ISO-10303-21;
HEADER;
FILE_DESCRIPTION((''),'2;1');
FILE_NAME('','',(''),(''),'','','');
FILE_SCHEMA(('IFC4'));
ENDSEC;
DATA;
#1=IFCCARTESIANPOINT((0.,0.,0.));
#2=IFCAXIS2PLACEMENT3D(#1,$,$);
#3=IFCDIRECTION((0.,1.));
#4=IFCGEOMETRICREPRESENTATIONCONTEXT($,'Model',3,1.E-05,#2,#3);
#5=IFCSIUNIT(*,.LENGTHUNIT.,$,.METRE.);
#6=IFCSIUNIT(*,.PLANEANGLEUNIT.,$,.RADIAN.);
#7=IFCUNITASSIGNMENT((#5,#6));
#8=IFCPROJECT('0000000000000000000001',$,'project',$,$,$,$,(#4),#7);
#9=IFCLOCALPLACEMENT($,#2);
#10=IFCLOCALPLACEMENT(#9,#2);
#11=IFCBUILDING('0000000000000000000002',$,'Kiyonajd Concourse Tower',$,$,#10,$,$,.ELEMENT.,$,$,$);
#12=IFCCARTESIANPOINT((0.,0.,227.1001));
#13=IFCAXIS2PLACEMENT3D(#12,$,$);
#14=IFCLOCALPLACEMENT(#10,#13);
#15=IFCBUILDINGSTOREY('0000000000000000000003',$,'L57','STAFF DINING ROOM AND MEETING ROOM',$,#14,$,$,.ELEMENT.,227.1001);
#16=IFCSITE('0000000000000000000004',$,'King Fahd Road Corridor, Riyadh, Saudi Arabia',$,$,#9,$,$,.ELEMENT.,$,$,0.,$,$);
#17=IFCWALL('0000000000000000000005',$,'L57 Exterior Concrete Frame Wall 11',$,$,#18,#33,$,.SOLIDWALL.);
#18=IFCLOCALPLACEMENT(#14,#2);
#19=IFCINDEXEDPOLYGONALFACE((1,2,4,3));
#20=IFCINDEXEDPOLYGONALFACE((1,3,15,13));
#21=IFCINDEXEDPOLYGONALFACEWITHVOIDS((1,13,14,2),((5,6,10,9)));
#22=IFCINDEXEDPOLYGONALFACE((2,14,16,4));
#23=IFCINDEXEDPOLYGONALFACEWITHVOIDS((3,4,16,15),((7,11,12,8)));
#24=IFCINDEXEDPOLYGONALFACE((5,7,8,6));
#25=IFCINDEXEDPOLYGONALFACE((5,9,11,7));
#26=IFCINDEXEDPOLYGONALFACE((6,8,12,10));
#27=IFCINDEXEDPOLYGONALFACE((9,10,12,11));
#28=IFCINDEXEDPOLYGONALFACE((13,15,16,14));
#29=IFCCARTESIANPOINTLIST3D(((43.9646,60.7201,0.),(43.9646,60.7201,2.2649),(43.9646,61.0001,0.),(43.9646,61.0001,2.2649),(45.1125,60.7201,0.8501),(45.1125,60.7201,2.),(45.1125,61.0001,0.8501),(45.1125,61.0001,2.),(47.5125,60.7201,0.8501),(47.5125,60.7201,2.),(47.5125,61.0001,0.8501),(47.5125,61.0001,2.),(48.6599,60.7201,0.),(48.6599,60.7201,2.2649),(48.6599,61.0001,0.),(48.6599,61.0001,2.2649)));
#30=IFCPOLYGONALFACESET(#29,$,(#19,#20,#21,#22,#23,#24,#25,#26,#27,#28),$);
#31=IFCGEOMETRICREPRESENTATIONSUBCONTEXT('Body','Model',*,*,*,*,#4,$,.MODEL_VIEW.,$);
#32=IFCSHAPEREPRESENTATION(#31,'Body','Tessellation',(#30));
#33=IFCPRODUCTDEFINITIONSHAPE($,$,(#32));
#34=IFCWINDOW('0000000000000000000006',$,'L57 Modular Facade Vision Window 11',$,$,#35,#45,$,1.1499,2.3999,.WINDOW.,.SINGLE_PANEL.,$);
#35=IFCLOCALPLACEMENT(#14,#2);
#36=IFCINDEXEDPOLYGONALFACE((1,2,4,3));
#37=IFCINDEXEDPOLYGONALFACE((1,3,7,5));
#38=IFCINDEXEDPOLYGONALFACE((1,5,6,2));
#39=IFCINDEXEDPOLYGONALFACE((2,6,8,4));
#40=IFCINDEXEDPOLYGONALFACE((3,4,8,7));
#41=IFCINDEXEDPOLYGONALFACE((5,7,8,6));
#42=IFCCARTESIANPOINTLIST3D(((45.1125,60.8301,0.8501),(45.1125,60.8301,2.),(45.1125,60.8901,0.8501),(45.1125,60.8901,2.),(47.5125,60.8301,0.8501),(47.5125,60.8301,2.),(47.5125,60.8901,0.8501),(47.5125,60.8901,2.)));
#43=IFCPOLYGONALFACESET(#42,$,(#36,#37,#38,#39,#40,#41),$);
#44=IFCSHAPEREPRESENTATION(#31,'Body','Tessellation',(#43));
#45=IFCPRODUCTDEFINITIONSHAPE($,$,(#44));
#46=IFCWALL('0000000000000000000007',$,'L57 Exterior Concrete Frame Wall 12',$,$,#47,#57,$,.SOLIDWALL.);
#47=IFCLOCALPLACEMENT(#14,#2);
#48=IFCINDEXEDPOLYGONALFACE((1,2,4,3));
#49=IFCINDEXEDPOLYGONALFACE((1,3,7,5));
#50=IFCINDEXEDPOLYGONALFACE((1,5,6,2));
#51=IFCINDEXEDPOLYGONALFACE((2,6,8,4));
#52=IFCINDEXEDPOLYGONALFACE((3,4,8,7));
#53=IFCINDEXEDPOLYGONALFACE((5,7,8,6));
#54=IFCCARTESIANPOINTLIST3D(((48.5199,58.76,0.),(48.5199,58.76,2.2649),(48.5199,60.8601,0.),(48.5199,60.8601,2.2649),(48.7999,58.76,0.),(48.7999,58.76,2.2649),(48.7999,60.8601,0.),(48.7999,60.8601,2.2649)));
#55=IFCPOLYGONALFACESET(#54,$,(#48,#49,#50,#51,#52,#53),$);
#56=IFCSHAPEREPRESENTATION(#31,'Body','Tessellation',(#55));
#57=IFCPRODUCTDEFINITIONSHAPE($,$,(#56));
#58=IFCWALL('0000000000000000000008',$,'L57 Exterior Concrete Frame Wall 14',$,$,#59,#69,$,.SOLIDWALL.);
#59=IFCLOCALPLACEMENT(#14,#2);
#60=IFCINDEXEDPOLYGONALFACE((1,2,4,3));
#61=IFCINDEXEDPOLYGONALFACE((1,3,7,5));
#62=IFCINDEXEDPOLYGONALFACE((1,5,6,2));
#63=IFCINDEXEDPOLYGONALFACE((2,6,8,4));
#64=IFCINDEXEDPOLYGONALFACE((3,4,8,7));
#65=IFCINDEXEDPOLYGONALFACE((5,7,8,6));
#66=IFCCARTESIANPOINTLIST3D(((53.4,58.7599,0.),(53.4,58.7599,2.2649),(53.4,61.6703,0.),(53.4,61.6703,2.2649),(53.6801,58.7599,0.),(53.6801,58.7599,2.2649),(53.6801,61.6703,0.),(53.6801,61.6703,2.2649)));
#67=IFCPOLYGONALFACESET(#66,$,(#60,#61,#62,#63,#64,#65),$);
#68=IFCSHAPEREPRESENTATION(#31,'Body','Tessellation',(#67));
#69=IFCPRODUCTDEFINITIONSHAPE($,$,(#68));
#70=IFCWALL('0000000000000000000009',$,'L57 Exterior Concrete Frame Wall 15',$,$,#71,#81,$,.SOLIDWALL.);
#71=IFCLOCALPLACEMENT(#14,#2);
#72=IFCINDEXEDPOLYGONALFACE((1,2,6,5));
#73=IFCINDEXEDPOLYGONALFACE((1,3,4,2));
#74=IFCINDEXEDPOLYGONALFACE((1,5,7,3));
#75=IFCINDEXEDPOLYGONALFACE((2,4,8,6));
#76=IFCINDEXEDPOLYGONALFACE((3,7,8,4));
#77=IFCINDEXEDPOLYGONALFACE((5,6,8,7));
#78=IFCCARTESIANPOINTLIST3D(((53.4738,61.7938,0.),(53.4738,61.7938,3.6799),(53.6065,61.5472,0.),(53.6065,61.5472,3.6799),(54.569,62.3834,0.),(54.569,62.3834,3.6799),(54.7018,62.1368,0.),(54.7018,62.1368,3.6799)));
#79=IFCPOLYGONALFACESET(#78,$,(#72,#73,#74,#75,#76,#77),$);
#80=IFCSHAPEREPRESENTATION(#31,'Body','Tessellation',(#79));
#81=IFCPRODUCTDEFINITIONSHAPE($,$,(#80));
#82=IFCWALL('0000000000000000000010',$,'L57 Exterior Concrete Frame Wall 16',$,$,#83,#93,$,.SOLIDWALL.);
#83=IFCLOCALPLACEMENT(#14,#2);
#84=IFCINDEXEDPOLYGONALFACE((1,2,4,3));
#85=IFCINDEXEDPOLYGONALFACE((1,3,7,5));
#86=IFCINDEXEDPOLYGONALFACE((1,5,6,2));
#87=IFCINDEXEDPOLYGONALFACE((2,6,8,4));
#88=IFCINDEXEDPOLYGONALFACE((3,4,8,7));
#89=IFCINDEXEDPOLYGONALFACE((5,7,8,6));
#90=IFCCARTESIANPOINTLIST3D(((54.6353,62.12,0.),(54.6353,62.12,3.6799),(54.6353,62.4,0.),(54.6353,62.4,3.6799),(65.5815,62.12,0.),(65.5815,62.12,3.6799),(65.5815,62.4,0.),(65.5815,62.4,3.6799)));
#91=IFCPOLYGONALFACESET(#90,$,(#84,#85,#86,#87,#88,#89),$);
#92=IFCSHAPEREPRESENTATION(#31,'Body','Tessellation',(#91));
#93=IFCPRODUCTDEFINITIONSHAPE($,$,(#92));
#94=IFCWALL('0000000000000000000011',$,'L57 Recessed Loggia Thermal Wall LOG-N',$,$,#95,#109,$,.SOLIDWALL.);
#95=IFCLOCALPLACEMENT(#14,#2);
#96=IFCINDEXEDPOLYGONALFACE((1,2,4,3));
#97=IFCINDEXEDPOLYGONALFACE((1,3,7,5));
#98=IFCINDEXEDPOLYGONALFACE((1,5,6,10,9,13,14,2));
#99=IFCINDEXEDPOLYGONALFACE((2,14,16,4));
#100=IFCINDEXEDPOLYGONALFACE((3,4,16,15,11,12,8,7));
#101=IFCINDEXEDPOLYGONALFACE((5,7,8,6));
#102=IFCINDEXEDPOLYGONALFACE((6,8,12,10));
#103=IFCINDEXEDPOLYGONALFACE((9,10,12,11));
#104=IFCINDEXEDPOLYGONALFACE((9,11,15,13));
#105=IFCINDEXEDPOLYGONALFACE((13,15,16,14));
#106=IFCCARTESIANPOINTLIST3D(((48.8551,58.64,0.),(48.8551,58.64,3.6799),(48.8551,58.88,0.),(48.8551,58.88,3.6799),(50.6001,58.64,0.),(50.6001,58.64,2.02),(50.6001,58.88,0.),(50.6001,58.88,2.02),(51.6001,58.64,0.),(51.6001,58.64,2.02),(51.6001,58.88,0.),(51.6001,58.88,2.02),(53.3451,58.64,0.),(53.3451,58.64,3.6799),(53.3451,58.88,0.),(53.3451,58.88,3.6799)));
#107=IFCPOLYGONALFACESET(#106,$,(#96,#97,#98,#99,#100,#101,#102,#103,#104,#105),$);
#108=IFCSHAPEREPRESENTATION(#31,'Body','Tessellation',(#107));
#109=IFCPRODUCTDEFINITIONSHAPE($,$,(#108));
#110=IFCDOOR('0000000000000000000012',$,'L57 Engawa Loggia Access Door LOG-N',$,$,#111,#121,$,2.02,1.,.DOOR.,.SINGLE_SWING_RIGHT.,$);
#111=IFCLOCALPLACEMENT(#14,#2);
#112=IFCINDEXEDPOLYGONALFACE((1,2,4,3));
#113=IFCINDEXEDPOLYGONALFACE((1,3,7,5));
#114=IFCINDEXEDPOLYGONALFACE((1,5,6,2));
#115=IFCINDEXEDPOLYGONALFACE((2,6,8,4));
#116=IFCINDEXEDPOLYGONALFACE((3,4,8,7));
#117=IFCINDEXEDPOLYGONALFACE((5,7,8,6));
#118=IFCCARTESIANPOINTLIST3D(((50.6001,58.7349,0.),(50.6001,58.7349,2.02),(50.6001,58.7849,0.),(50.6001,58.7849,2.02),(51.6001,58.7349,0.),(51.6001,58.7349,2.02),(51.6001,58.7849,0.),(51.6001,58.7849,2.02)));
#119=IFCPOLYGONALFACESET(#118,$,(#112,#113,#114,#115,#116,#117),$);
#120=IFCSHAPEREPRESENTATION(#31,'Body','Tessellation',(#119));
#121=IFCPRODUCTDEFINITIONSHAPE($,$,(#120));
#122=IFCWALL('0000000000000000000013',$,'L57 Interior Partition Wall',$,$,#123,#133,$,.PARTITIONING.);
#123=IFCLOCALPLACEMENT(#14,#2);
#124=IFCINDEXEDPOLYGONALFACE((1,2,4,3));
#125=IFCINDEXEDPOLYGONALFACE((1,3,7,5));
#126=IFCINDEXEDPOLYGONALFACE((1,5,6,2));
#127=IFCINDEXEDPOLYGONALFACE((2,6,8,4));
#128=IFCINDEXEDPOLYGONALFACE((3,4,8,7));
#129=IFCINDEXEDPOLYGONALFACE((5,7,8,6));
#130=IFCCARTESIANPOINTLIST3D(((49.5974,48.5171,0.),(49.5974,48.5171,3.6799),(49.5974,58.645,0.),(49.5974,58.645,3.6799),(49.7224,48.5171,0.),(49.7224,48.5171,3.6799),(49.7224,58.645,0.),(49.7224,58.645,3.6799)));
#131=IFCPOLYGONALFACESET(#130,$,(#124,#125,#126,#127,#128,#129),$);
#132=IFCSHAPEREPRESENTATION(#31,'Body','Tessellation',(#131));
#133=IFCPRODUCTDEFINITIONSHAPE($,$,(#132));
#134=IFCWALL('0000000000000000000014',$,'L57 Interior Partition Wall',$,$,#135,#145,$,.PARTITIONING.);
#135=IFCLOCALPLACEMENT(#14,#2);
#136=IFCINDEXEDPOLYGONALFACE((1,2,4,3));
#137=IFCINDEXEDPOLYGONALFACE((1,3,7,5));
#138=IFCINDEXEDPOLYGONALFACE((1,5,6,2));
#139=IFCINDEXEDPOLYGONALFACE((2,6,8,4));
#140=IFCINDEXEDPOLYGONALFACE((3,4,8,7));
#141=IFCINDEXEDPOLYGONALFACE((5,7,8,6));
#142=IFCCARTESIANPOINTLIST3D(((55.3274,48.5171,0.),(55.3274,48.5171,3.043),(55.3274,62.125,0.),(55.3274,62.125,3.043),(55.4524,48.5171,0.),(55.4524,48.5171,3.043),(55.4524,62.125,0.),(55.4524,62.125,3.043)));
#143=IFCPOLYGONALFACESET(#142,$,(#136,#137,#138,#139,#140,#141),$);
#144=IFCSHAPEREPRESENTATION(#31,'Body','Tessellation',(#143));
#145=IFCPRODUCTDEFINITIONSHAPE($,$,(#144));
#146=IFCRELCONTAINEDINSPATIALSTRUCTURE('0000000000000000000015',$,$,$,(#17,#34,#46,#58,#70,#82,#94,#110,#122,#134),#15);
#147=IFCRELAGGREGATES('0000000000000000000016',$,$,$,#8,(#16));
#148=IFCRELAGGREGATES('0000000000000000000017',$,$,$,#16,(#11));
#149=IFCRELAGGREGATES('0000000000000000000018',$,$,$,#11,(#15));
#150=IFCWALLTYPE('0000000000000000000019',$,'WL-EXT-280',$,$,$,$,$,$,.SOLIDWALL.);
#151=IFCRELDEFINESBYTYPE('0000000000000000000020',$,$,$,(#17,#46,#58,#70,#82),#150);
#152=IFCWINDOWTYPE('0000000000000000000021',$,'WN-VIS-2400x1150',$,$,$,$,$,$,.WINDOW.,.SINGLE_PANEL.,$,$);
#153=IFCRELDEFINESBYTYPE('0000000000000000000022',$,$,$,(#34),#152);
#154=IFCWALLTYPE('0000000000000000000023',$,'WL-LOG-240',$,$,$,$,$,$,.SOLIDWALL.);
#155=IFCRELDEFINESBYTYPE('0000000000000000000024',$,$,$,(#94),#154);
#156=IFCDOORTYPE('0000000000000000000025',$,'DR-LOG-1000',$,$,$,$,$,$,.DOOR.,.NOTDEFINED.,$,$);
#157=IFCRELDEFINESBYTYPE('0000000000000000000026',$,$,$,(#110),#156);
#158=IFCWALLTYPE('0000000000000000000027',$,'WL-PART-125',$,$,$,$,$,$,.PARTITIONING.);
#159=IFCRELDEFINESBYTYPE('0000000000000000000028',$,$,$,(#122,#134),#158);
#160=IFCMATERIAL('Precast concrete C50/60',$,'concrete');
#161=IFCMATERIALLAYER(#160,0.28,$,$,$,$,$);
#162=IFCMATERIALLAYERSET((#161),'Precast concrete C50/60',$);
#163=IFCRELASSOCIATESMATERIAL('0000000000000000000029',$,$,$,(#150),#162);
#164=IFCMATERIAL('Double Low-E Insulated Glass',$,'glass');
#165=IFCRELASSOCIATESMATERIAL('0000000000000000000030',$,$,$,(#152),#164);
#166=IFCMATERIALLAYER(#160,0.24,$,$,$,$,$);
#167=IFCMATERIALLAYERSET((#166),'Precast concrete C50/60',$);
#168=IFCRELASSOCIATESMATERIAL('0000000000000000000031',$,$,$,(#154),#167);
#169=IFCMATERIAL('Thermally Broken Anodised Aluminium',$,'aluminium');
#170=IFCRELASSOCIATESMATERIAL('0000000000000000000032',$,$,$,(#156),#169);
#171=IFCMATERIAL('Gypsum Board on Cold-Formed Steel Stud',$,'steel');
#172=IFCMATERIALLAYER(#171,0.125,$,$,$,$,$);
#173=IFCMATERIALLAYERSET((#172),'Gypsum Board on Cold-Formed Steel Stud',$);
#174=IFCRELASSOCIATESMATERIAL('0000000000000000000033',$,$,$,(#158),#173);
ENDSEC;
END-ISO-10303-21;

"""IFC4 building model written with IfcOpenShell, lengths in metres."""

from ifc_helpers import new_model, si_unit, direction, frame, frame_2d, origin, place, context, subcontext, project, spatial, rectangle, extrude, material, layer, layer_set, type_object, element, fill, save


model = new_model("IFC4")

# Units and contexts
model_context = context("Model", 3, precision=1e-05, world=origin(), true_north=direction((0.0, 1.0)))
body_context = subcontext(model_context, "Body", "Model", "MODEL_VIEW")
ifc_project = project(units=[si_unit("LENGTHUNIT", "METRE"), si_unit("PLANEANGLEUNIT", "RADIAN")], contexts=[model_context])

# Site, building, storey
site_placement = place(None, origin())
site = spatial("IfcSite", under=ifc_project, at=site_placement, Name="King Fahd Road Corridor, Riyadh, Saudi Arabia", CompositionType="ELEMENT", RefElevation=0.0)
building_placement = place(site_placement, origin())
building = spatial("IfcBuilding", under=site, at=building_placement, Name="Kiyonajd Concourse Tower", CompositionType="ELEMENT")
storey_placement = place(building_placement, frame((0.0, 0.0, 227.1001)))
storey = spatial("IfcBuildingStorey", under=building, at=storey_placement, Name="L57", Description="STAFF DINING ROOM AND MEETING ROOM", CompositionType="ELEMENT", Elevation=227.1001)

# Shared definitions
ifc_material_1 = material(Name="Thermally Broken Anodised Aluminium", Category="aluminium")

# Wall, opening, window
ifc_material_2 = material(Name="Precast concrete C50/60", Category="concrete")
ifc_layer_1 = layer(ifc_material_2, 0.28)
ifc_layer_set_1 = layer_set([ifc_layer_1], Name="Precast concrete C50/60")
wall_type_1 = type_object("IfcWallType", Name="WL-EXT-280", PredefinedType="SOLIDWALL", material=ifc_layer_set_1)
wall_1_placement = place(storey_placement, frame((43.9646, 60.8601, 0.0), z_axis=(0.0, 0.0, 1.0), x_axis=(1.0, 0.0, 0.0)))
wall_1 = element("IfcWall", 1, at=wall_1_placement, inside=storey, type_object=wall_type_1, Name="L57 Exterior Concrete Frame Wall 11", PredefinedType="SOLIDWALL", context=body_context, shape_type="SweptSolid", body=[
    extrude(rectangle(XDim=4.6953, YDim=0.28, at=frame_2d((2.3477, 0.0))), origin(), (0.0, 0.0, 1.0), 2.2649),
])
opening_1_placement = place(wall_1_placement, frame((1.1479, 0.0, 0.8501)))
opening_1 = element("IfcOpeningElement", 2, at=opening_1_placement, cuts=wall_1, PredefinedType="OPENING", context=body_context, shape_type="SweptSolid", body=[
    extrude(rectangle(XDim=2.3999, YDim=1.1499, at=frame_2d((1.2, 0.575))), frame((0.0, 0.1499, 0.0), z_axis=(0.0, -1.0, 0.0), x_axis=(1.0, 0.0, 0.0)), (0.0, 0.0, 1.0), 0.3),
])
ifc_material_3 = material(Name="Double Low-E Insulated Glass", Category="glass")
window_type = type_object("IfcWindowType", Name="WN-VIS-2400x1150", PartitioningType="SINGLE_PANEL", PredefinedType="WINDOW", material=ifc_material_3)
window_placement = place(opening_1_placement, origin())
window = element("IfcWindow", 3, at=window_placement, inside=storey, type_object=window_type, Name="L57 Modular Facade Vision Window 11", OverallHeight=1.1499, OverallWidth=2.3999, PartitioningType="SINGLE_PANEL", PredefinedType="WINDOW", context=body_context, shape_type="SweptSolid", body=[
    extrude(rectangle(XDim=2.3999, YDim=1.1499, at=frame_2d((1.2, 0.575))), frame((0.0, 0.03, 0.0), z_axis=(0.0, -1.0, 0.0), x_axis=(1.0, 0.0, 0.0)), (0.0, 0.0, 1.0), 0.0601),
])
fill(opening_1, window)

# Walls
wall_2_placement = place(storey_placement, frame((48.6599, 60.8601, 0.0), z_axis=(0.0, 0.0, 1.0), x_axis=(0.0, -1.0, 0.0)))
element("IfcWall", 4, at=wall_2_placement, inside=storey, type_object=wall_type_1, Name="L57 Exterior Concrete Frame Wall 12", PredefinedType="SOLIDWALL", context=body_context, shape_type="SweptSolid", body=[
    extrude(rectangle(XDim=2.1001, YDim=0.28, at=frame_2d((1.05, 0.0))), origin(), (0.0, 0.0, 1.0), 2.2649),
])
wall_3_placement = place(storey_placement, frame((53.54, 58.76, 0.0), z_axis=(0.0, 0.0, 1.0), x_axis=(0.0, 1.0, 0.0)))
element("IfcWall", 5, at=wall_3_placement, inside=storey, type_object=wall_type_1, Name="L57 Exterior Concrete Frame Wall 14", PredefinedType="SOLIDWALL", context=body_context, shape_type="SweptSolid", body=[
    extrude(rectangle(XDim=2.9104, YDim=0.28, at=frame_2d((1.4551, 0.0))), origin(), (0.0, 0.0, 1.0), 2.2649),
])
wall_4_placement = place(storey_placement, frame((53.54, 61.6704, 0.0), z_axis=(0.0, 0.0, 1.0), x_axis=(0.880515, 0.474018, 0.0)))
element("IfcWall", 6, at=wall_4_placement, inside=storey, type_object=wall_type_1, Name="L57 Exterior Concrete Frame Wall 15", PredefinedType="SOLIDWALL", context=body_context, shape_type="SweptSolid", body=[
    extrude(rectangle(XDim=1.2439, YDim=0.28, at=frame_2d((0.6221, 0.0))), origin(), (0.0, 0.0, 1.0), 3.6799),
])
wall_5_placement = place(storey_placement, frame((54.6353, 62.26, 0.0), z_axis=(0.0, 0.0, 1.0), x_axis=(1.0, 0.0, 0.0)))
element("IfcWall", 7, at=wall_5_placement, inside=storey, type_object=wall_type_1, Name="L57 Exterior Concrete Frame Wall 16", PredefinedType="SOLIDWALL", context=body_context, shape_type="SweptSolid", body=[
    extrude(rectangle(XDim=10.9463, YDim=0.28, at=frame_2d((5.4731, 0.0))), origin(), (0.0, 0.0, 1.0), 3.6799),
])

# Wall, opening, door
ifc_layer_2 = layer(ifc_material_2, 0.24)
ifc_layer_set_2 = layer_set([ifc_layer_2], Name="Precast concrete C50/60")
wall_type_2 = type_object("IfcWallType", Name="WL-LOG-240", PredefinedType="SOLIDWALL", material=ifc_layer_set_2)
wall_6_placement = place(storey_placement, frame((48.855, 58.76, 0.0), z_axis=(0.0, 0.0, 1.0), x_axis=(1.0, 0.0, 0.0)))
wall_6 = element("IfcWall", 8, at=wall_6_placement, inside=storey, type_object=wall_type_2, Name="L57 Recessed Loggia Thermal Wall LOG-N", PredefinedType="SOLIDWALL", context=body_context, shape_type="SweptSolid", body=[
    extrude(rectangle(XDim=4.49, YDim=0.24, at=frame_2d((2.2451, 0.0))), origin(), (0.0, 0.0, 1.0), 3.6799),
])
opening_2_placement = place(wall_6_placement, frame((1.7451, 0.0, 0.0)))
opening_2 = element("IfcOpeningElement", 9, at=opening_2_placement, cuts=wall_6, PredefinedType="OPENING", context=body_context, shape_type="SweptSolid", body=[
    extrude(rectangle(XDim=1.0, YDim=2.02, at=frame_2d((0.5, 1.01))), frame((0.0, 0.1299, 0.0), z_axis=(0.0, -1.0, 0.0), x_axis=(1.0, 0.0, 0.0)), (0.0, 0.0, 1.0), 0.26),
])
door_type = type_object("IfcDoorType", Name="DR-LOG-1000", OperationType="NOTDEFINED", PredefinedType="DOOR", material=ifc_material_1)
door_placement = place(opening_2_placement, origin())
door = element("IfcDoor", 10, at=door_placement, inside=storey, type_object=door_type, Name="L57 Engawa Loggia Access Door LOG-N", OperationType="SINGLE_SWING_RIGHT", OverallHeight=2.02, OverallWidth=1.0, PredefinedType="DOOR", context=body_context, shape_type="SweptSolid", body=[
    extrude(rectangle(XDim=1.0, YDim=2.02, at=frame_2d((0.5, 1.01))), frame((0.0, 0.0249, 0.0), z_axis=(0.0, -1.0, 0.0), x_axis=(1.0, 0.0, 0.0)), (0.0, 0.0, 1.0), 0.05),
])
fill(opening_2, door)

# Walls
ifc_material_4 = material(Name="Gypsum Board on Cold-Formed Steel Stud", Category="steel")
ifc_layer_3 = layer(ifc_material_4, 0.125)
ifc_layer_set_3 = layer_set([ifc_layer_3], Name="Gypsum Board on Cold-Formed Steel Stud")
wall_type_3 = type_object("IfcWallType", Name="WL-PART-125", PredefinedType="PARTITIONING", material=ifc_layer_set_3)
wall_7_placement = place(storey_placement, frame((49.6599, 48.5171, 0.0), z_axis=(0.0, 0.0, 1.0), x_axis=(0.0, 1.0, 0.0)))
element("IfcWall", 11, at=wall_7_placement, inside=storey, type_object=wall_type_3, Name="L57 Interior Partition Wall", PredefinedType="PARTITIONING", context=body_context, shape_type="SweptSolid", body=[
    extrude(rectangle(XDim=10.1279, YDim=0.125, at=frame_2d((5.064, 0.0))), origin(), (0.0, 0.0, 1.0), 3.6799),
])
wall_8_placement = place(storey_placement, frame((55.3899, 48.5171, 0.0), z_axis=(0.0, 0.0, 1.0), x_axis=(0.0, 1.0, 0.0)))
element("IfcWall", 12, at=wall_8_placement, inside=storey, type_object=wall_type_3, Name="L57 Interior Partition Wall", PredefinedType="PARTITIONING", context=body_context, shape_type="SweptSolid", body=[
    extrude(rectangle(XDim=13.6079, YDim=0.125, at=frame_2d((6.804, 0.0))), origin(), (0.0, 0.0, 1.0), 3.043),
])

save(model, "model.ifc")
